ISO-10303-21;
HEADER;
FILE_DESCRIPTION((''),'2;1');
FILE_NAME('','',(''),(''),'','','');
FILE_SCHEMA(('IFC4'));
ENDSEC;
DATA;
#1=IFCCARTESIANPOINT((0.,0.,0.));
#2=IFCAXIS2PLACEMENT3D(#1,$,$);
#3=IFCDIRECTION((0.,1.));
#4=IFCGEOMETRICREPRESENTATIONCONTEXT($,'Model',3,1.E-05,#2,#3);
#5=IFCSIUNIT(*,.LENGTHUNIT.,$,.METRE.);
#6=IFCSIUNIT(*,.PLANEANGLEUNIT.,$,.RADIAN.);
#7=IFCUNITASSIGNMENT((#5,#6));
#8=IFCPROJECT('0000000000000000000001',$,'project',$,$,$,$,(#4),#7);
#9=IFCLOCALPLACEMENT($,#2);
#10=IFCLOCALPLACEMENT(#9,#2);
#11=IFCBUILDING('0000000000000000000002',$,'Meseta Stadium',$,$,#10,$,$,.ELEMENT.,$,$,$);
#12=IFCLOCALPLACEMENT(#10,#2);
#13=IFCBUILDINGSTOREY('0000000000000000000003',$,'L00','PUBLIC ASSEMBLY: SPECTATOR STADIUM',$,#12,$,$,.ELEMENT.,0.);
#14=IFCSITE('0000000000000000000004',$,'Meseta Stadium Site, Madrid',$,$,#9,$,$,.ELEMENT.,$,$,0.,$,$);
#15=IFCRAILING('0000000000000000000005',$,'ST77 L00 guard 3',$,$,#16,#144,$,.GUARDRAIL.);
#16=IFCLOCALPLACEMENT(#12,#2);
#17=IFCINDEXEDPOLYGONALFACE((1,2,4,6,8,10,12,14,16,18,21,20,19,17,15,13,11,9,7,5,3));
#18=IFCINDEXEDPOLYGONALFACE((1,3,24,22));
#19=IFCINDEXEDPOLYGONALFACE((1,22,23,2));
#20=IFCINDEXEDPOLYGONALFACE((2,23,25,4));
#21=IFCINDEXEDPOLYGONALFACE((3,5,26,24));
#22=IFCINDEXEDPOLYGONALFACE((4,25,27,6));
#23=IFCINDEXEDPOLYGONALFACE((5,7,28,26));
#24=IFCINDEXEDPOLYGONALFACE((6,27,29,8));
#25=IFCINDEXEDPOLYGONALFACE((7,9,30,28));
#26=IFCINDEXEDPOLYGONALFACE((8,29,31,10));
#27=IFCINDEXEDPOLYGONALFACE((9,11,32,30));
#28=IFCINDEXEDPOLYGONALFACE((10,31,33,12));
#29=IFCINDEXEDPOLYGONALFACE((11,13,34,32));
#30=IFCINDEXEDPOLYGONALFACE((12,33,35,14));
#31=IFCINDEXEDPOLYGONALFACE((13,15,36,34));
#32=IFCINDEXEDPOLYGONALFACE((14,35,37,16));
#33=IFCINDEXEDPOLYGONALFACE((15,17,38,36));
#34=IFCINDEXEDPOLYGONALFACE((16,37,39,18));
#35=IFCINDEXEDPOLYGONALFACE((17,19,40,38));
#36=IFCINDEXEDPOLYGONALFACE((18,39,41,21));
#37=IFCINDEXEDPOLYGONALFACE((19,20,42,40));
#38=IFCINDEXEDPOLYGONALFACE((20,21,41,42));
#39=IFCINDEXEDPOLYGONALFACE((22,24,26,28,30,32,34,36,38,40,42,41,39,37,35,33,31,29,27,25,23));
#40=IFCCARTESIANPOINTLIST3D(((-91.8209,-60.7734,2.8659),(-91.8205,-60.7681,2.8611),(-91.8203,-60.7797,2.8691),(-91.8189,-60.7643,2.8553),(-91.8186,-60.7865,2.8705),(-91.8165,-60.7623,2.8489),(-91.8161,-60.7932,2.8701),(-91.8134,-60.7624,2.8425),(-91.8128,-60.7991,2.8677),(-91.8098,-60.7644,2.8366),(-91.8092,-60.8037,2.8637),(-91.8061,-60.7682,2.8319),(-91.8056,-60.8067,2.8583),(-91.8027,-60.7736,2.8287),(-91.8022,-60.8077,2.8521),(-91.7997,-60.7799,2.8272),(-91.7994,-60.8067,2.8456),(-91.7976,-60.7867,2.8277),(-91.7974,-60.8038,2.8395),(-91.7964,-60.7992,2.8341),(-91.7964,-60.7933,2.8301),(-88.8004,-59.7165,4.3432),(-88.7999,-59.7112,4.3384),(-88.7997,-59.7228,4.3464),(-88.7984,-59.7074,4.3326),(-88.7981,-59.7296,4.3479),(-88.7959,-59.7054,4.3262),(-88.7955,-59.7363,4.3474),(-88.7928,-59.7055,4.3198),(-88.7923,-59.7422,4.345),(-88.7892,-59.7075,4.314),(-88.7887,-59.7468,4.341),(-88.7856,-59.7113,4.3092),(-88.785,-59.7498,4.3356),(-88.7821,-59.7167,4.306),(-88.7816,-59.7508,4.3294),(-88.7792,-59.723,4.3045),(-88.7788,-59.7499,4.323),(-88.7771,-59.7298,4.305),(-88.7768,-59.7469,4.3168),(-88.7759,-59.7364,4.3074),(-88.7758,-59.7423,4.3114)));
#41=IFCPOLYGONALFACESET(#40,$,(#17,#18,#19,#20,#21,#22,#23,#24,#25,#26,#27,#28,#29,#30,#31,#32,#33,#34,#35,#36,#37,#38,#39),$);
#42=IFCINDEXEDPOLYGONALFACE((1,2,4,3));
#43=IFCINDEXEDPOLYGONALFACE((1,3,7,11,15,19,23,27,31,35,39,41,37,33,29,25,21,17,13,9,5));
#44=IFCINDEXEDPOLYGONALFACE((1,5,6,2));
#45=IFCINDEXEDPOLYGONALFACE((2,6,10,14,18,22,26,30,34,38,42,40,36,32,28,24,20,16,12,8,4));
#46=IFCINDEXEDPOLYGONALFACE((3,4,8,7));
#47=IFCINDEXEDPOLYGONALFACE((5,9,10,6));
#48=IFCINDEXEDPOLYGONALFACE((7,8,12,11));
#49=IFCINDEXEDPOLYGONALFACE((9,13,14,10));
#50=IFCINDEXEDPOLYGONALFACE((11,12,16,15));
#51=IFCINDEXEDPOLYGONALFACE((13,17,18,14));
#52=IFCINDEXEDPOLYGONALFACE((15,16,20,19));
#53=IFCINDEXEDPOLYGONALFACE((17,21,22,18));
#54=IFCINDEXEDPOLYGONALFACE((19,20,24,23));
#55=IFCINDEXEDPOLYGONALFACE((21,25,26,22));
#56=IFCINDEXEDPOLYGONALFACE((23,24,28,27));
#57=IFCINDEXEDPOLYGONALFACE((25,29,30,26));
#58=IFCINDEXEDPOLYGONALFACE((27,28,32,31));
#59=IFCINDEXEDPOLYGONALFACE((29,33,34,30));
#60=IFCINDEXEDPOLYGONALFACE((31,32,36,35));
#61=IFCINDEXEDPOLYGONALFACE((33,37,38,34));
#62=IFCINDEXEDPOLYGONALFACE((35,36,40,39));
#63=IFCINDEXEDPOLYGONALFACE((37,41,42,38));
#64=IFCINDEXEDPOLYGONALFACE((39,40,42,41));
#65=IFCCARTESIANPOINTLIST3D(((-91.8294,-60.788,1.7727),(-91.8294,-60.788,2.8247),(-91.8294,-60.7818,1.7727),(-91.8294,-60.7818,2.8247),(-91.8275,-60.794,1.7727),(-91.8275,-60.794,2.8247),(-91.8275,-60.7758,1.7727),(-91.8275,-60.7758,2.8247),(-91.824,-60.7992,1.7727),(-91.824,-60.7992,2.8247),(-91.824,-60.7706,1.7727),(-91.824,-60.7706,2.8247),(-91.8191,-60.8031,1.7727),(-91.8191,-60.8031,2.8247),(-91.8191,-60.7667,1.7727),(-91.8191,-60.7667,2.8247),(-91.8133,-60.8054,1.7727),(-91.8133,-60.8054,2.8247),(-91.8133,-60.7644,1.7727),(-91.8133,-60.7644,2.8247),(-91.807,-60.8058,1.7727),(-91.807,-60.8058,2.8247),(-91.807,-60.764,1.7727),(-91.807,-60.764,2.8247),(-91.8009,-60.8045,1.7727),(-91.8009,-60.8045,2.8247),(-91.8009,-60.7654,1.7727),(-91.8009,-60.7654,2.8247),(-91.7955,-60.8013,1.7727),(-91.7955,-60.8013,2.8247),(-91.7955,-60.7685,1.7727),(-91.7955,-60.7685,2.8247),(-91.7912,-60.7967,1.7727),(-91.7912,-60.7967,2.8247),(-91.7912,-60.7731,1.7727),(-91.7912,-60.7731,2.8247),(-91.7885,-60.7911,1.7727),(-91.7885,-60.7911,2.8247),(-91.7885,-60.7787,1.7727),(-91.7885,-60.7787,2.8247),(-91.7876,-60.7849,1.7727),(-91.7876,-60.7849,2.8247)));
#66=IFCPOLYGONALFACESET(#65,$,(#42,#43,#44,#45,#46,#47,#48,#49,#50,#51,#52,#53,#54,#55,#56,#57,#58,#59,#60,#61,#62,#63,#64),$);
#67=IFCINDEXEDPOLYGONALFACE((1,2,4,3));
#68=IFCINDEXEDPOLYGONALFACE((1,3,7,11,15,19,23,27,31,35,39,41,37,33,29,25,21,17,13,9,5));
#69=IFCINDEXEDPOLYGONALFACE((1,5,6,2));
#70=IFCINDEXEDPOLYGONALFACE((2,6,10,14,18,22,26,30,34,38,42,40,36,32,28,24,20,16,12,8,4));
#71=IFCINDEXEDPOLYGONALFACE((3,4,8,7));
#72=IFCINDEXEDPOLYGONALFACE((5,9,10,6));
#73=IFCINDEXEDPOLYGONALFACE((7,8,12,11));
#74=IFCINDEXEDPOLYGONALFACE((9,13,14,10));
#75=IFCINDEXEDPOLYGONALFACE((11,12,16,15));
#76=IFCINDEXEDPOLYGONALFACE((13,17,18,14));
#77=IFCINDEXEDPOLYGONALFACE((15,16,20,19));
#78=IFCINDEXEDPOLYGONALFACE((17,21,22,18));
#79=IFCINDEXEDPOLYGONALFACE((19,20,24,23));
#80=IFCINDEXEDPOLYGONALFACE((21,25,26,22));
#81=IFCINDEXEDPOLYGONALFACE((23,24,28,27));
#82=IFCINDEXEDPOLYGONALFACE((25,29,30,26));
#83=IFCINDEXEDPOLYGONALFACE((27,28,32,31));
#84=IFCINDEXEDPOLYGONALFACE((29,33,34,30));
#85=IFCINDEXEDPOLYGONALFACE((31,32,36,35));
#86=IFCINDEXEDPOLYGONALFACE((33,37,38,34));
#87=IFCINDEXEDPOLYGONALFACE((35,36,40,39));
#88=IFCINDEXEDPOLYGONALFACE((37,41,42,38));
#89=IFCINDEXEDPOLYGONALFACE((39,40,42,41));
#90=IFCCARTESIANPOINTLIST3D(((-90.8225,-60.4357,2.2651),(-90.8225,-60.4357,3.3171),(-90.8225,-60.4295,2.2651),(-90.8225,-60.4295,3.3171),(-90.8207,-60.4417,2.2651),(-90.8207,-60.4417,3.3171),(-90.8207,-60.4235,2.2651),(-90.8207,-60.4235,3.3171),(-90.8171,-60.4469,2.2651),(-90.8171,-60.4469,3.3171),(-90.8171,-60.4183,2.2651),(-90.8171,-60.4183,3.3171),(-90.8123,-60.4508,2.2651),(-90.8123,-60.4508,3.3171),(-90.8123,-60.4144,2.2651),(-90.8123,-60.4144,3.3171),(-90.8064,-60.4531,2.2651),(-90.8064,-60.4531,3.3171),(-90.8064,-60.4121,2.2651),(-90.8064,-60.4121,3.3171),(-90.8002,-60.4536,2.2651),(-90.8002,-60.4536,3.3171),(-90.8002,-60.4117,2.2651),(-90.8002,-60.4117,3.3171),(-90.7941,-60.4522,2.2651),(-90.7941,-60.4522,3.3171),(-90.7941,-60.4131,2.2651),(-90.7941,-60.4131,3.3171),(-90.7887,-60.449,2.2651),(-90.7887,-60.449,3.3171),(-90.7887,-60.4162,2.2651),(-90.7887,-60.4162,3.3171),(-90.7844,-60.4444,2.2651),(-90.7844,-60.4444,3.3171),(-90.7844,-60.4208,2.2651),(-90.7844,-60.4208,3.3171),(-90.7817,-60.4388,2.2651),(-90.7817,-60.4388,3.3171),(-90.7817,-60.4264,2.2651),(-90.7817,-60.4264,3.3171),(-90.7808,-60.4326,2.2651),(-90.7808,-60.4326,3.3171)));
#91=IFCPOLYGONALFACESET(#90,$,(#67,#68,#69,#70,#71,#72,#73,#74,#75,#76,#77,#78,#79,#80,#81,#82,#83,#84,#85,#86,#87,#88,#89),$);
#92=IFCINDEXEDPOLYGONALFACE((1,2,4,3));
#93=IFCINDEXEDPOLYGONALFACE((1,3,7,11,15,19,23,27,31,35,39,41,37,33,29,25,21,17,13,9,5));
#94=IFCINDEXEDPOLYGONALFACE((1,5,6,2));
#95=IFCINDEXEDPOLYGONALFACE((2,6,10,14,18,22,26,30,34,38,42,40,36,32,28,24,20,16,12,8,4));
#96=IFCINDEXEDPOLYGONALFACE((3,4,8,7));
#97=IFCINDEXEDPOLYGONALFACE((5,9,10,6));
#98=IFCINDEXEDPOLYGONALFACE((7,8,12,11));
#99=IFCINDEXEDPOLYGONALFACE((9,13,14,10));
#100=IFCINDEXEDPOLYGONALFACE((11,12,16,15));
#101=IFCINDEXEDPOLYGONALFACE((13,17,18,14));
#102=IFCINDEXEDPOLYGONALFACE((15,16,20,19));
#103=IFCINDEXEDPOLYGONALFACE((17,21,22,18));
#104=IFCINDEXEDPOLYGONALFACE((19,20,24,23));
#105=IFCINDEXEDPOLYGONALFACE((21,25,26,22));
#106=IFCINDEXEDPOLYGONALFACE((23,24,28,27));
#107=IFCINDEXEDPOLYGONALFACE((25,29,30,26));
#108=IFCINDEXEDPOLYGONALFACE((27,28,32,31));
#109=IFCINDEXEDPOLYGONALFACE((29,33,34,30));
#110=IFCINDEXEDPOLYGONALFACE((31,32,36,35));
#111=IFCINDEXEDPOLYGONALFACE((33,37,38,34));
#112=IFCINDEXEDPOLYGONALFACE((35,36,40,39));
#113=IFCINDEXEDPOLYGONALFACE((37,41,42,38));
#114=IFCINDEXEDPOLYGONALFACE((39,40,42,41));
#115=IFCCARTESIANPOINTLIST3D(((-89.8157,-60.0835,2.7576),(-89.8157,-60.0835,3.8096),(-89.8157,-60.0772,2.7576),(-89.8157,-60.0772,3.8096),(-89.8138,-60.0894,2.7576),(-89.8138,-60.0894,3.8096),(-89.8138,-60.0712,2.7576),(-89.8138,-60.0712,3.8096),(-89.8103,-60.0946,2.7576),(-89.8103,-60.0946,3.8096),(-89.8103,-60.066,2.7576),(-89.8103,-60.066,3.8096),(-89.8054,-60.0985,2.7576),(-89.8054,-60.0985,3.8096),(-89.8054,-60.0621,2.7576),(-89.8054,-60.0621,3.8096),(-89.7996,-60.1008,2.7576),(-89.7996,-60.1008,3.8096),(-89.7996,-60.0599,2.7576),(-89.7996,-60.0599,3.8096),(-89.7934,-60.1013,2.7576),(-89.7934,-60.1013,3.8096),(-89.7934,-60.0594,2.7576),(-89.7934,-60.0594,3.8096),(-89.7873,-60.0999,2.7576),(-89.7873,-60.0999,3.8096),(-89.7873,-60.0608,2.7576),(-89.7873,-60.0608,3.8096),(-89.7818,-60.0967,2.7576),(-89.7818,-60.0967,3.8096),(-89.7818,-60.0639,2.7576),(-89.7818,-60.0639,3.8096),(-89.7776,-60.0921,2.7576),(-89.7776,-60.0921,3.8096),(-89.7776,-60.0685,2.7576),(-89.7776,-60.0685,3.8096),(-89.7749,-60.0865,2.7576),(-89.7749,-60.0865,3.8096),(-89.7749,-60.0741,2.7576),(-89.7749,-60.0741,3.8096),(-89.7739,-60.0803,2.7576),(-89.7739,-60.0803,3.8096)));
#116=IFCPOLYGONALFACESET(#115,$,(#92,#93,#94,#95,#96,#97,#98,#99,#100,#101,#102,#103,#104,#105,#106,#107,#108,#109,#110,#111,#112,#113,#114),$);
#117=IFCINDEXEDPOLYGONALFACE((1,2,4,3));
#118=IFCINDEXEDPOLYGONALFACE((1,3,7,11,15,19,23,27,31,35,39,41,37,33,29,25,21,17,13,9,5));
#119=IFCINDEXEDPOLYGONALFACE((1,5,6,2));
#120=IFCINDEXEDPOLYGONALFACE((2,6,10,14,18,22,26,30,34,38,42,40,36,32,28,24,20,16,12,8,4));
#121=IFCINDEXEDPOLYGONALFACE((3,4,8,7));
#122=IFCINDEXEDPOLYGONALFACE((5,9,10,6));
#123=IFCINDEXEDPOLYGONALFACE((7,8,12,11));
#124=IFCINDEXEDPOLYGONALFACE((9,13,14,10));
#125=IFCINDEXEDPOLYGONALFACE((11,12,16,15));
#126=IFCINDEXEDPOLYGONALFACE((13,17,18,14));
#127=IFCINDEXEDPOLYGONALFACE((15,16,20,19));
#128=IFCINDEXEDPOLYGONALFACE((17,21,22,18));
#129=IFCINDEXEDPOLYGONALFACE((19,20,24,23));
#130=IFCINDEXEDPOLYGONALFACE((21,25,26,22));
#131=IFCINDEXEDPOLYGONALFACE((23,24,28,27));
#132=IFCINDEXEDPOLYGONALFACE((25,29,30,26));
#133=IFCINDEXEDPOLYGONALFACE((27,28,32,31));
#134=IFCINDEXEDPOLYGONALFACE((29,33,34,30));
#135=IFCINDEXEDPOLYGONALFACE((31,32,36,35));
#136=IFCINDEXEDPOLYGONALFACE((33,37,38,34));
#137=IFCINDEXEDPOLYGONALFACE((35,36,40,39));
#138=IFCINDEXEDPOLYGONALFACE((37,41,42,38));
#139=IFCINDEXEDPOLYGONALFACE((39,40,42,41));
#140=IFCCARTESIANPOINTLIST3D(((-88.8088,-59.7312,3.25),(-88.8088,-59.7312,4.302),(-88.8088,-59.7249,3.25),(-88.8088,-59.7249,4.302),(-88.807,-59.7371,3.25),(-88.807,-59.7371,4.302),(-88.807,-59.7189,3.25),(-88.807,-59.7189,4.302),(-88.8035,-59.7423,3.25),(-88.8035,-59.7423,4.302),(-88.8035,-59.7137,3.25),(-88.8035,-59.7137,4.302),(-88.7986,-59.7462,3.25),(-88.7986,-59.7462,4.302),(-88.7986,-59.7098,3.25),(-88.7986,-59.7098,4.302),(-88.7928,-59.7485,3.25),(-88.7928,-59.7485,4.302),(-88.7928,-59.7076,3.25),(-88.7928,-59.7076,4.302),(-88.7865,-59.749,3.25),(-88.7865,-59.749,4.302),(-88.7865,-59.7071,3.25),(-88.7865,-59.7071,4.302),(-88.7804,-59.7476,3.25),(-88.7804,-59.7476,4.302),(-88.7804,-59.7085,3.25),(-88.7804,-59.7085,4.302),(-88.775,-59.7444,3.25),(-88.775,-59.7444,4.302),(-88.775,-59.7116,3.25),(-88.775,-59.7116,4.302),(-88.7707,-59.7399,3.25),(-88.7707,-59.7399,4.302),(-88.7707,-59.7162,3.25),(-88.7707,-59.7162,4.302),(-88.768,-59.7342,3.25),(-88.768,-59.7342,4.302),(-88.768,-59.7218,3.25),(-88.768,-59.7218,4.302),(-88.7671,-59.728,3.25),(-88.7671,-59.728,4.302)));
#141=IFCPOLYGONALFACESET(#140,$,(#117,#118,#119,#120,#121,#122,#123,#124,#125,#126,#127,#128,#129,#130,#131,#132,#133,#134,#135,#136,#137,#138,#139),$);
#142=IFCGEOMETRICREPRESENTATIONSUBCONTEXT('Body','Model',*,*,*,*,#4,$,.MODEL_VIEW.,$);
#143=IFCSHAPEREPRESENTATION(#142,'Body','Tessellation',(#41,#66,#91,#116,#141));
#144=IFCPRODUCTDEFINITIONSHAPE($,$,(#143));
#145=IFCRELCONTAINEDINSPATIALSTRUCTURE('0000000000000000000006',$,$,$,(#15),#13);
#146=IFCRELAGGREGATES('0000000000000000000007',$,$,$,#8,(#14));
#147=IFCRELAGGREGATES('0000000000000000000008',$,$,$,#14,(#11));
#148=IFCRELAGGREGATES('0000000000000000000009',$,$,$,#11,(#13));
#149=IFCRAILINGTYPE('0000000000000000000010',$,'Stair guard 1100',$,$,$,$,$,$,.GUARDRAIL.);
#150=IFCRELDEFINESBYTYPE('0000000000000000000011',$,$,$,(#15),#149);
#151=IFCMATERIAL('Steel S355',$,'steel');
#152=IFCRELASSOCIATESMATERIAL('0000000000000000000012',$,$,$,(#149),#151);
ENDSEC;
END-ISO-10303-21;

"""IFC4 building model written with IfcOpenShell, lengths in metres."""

from ifc_helpers import new_model, si_unit, direction, frame, origin, origin_2d, place, context, subcontext, project, spatial, circle, extrude, material, type_object, element, save


model = new_model("IFC4")

# Units and contexts
model_context = context("Model", 3, precision=1e-05, world=origin(), true_north=direction((0.0, 1.0)))
body_context = subcontext(model_context, "Body", "Model", "MODEL_VIEW")
ifc_project = project(units=[si_unit("LENGTHUNIT", "METRE"), si_unit("PLANEANGLEUNIT", "RADIAN")], contexts=[model_context])

# Site, building, storey
site_placement = place(None, origin())
site = spatial("IfcSite", under=ifc_project, at=site_placement, Name="Meseta Stadium Site, Madrid", CompositionType="ELEMENT", RefElevation=0.0)
building_placement = place(site_placement, origin())
building = spatial("IfcBuilding", under=site, at=building_placement, Name="Meseta Stadium", CompositionType="ELEMENT")
storey_placement = place(building_placement, origin())
storey = spatial("IfcBuildingStorey", under=building, at=storey_placement, Name="L00", Description="PUBLIC ASSEMBLY: SPECTATOR STADIUM", CompositionType="ELEMENT", Elevation=0.0)

# Railing
ifc_material_1 = material(Name="Steel S355", Category="steel")
railing_type_1 = type_object("IfcRailingType", Name="Stair guard 1100", PredefinedType="GUARDRAIL", material=ifc_material_1)
railing_1_placement = place(storey_placement, frame((-91.8086, -60.7849, 1.7727)))
element("IfcRailing", 1, at=railing_1_placement, inside=storey, type_object=railing_type_1, Name="ST77 L00 guard 3", PredefinedType="GUARDRAIL", context=body_context, shape_type="SweptSolid", body=[
    extrude(circle(Radius=0.0239, at=origin_2d()), frame((0.0, 0.0, 1.0762), z_axis=(0.856977, 0.299859, 0.419137), x_axis=(-0.330269, 0.943887, 0.0)), (0.0, 0.0, 1.0), 3.5247),
    extrude(circle(Radius=0.021, at=origin_2d()), origin(), (0.0, 0.0, 1.0), 1.052),
    extrude(circle(Radius=0.021, at=origin_2d()), frame((1.0068, 0.3523, 0.4924)), (0.0, 0.0, 1.0), 1.052),
    extrude(circle(Radius=0.021, at=origin_2d()), frame((2.0137, 0.7046, 0.9849)), (0.0, 0.0, 1.0), 1.052),
    extrude(circle(Radius=0.021, at=origin_2d()), frame((3.0205, 1.0569, 1.4773)), (0.0, 0.0, 1.0), 1.052),
])

save(model, "model.ifc")
